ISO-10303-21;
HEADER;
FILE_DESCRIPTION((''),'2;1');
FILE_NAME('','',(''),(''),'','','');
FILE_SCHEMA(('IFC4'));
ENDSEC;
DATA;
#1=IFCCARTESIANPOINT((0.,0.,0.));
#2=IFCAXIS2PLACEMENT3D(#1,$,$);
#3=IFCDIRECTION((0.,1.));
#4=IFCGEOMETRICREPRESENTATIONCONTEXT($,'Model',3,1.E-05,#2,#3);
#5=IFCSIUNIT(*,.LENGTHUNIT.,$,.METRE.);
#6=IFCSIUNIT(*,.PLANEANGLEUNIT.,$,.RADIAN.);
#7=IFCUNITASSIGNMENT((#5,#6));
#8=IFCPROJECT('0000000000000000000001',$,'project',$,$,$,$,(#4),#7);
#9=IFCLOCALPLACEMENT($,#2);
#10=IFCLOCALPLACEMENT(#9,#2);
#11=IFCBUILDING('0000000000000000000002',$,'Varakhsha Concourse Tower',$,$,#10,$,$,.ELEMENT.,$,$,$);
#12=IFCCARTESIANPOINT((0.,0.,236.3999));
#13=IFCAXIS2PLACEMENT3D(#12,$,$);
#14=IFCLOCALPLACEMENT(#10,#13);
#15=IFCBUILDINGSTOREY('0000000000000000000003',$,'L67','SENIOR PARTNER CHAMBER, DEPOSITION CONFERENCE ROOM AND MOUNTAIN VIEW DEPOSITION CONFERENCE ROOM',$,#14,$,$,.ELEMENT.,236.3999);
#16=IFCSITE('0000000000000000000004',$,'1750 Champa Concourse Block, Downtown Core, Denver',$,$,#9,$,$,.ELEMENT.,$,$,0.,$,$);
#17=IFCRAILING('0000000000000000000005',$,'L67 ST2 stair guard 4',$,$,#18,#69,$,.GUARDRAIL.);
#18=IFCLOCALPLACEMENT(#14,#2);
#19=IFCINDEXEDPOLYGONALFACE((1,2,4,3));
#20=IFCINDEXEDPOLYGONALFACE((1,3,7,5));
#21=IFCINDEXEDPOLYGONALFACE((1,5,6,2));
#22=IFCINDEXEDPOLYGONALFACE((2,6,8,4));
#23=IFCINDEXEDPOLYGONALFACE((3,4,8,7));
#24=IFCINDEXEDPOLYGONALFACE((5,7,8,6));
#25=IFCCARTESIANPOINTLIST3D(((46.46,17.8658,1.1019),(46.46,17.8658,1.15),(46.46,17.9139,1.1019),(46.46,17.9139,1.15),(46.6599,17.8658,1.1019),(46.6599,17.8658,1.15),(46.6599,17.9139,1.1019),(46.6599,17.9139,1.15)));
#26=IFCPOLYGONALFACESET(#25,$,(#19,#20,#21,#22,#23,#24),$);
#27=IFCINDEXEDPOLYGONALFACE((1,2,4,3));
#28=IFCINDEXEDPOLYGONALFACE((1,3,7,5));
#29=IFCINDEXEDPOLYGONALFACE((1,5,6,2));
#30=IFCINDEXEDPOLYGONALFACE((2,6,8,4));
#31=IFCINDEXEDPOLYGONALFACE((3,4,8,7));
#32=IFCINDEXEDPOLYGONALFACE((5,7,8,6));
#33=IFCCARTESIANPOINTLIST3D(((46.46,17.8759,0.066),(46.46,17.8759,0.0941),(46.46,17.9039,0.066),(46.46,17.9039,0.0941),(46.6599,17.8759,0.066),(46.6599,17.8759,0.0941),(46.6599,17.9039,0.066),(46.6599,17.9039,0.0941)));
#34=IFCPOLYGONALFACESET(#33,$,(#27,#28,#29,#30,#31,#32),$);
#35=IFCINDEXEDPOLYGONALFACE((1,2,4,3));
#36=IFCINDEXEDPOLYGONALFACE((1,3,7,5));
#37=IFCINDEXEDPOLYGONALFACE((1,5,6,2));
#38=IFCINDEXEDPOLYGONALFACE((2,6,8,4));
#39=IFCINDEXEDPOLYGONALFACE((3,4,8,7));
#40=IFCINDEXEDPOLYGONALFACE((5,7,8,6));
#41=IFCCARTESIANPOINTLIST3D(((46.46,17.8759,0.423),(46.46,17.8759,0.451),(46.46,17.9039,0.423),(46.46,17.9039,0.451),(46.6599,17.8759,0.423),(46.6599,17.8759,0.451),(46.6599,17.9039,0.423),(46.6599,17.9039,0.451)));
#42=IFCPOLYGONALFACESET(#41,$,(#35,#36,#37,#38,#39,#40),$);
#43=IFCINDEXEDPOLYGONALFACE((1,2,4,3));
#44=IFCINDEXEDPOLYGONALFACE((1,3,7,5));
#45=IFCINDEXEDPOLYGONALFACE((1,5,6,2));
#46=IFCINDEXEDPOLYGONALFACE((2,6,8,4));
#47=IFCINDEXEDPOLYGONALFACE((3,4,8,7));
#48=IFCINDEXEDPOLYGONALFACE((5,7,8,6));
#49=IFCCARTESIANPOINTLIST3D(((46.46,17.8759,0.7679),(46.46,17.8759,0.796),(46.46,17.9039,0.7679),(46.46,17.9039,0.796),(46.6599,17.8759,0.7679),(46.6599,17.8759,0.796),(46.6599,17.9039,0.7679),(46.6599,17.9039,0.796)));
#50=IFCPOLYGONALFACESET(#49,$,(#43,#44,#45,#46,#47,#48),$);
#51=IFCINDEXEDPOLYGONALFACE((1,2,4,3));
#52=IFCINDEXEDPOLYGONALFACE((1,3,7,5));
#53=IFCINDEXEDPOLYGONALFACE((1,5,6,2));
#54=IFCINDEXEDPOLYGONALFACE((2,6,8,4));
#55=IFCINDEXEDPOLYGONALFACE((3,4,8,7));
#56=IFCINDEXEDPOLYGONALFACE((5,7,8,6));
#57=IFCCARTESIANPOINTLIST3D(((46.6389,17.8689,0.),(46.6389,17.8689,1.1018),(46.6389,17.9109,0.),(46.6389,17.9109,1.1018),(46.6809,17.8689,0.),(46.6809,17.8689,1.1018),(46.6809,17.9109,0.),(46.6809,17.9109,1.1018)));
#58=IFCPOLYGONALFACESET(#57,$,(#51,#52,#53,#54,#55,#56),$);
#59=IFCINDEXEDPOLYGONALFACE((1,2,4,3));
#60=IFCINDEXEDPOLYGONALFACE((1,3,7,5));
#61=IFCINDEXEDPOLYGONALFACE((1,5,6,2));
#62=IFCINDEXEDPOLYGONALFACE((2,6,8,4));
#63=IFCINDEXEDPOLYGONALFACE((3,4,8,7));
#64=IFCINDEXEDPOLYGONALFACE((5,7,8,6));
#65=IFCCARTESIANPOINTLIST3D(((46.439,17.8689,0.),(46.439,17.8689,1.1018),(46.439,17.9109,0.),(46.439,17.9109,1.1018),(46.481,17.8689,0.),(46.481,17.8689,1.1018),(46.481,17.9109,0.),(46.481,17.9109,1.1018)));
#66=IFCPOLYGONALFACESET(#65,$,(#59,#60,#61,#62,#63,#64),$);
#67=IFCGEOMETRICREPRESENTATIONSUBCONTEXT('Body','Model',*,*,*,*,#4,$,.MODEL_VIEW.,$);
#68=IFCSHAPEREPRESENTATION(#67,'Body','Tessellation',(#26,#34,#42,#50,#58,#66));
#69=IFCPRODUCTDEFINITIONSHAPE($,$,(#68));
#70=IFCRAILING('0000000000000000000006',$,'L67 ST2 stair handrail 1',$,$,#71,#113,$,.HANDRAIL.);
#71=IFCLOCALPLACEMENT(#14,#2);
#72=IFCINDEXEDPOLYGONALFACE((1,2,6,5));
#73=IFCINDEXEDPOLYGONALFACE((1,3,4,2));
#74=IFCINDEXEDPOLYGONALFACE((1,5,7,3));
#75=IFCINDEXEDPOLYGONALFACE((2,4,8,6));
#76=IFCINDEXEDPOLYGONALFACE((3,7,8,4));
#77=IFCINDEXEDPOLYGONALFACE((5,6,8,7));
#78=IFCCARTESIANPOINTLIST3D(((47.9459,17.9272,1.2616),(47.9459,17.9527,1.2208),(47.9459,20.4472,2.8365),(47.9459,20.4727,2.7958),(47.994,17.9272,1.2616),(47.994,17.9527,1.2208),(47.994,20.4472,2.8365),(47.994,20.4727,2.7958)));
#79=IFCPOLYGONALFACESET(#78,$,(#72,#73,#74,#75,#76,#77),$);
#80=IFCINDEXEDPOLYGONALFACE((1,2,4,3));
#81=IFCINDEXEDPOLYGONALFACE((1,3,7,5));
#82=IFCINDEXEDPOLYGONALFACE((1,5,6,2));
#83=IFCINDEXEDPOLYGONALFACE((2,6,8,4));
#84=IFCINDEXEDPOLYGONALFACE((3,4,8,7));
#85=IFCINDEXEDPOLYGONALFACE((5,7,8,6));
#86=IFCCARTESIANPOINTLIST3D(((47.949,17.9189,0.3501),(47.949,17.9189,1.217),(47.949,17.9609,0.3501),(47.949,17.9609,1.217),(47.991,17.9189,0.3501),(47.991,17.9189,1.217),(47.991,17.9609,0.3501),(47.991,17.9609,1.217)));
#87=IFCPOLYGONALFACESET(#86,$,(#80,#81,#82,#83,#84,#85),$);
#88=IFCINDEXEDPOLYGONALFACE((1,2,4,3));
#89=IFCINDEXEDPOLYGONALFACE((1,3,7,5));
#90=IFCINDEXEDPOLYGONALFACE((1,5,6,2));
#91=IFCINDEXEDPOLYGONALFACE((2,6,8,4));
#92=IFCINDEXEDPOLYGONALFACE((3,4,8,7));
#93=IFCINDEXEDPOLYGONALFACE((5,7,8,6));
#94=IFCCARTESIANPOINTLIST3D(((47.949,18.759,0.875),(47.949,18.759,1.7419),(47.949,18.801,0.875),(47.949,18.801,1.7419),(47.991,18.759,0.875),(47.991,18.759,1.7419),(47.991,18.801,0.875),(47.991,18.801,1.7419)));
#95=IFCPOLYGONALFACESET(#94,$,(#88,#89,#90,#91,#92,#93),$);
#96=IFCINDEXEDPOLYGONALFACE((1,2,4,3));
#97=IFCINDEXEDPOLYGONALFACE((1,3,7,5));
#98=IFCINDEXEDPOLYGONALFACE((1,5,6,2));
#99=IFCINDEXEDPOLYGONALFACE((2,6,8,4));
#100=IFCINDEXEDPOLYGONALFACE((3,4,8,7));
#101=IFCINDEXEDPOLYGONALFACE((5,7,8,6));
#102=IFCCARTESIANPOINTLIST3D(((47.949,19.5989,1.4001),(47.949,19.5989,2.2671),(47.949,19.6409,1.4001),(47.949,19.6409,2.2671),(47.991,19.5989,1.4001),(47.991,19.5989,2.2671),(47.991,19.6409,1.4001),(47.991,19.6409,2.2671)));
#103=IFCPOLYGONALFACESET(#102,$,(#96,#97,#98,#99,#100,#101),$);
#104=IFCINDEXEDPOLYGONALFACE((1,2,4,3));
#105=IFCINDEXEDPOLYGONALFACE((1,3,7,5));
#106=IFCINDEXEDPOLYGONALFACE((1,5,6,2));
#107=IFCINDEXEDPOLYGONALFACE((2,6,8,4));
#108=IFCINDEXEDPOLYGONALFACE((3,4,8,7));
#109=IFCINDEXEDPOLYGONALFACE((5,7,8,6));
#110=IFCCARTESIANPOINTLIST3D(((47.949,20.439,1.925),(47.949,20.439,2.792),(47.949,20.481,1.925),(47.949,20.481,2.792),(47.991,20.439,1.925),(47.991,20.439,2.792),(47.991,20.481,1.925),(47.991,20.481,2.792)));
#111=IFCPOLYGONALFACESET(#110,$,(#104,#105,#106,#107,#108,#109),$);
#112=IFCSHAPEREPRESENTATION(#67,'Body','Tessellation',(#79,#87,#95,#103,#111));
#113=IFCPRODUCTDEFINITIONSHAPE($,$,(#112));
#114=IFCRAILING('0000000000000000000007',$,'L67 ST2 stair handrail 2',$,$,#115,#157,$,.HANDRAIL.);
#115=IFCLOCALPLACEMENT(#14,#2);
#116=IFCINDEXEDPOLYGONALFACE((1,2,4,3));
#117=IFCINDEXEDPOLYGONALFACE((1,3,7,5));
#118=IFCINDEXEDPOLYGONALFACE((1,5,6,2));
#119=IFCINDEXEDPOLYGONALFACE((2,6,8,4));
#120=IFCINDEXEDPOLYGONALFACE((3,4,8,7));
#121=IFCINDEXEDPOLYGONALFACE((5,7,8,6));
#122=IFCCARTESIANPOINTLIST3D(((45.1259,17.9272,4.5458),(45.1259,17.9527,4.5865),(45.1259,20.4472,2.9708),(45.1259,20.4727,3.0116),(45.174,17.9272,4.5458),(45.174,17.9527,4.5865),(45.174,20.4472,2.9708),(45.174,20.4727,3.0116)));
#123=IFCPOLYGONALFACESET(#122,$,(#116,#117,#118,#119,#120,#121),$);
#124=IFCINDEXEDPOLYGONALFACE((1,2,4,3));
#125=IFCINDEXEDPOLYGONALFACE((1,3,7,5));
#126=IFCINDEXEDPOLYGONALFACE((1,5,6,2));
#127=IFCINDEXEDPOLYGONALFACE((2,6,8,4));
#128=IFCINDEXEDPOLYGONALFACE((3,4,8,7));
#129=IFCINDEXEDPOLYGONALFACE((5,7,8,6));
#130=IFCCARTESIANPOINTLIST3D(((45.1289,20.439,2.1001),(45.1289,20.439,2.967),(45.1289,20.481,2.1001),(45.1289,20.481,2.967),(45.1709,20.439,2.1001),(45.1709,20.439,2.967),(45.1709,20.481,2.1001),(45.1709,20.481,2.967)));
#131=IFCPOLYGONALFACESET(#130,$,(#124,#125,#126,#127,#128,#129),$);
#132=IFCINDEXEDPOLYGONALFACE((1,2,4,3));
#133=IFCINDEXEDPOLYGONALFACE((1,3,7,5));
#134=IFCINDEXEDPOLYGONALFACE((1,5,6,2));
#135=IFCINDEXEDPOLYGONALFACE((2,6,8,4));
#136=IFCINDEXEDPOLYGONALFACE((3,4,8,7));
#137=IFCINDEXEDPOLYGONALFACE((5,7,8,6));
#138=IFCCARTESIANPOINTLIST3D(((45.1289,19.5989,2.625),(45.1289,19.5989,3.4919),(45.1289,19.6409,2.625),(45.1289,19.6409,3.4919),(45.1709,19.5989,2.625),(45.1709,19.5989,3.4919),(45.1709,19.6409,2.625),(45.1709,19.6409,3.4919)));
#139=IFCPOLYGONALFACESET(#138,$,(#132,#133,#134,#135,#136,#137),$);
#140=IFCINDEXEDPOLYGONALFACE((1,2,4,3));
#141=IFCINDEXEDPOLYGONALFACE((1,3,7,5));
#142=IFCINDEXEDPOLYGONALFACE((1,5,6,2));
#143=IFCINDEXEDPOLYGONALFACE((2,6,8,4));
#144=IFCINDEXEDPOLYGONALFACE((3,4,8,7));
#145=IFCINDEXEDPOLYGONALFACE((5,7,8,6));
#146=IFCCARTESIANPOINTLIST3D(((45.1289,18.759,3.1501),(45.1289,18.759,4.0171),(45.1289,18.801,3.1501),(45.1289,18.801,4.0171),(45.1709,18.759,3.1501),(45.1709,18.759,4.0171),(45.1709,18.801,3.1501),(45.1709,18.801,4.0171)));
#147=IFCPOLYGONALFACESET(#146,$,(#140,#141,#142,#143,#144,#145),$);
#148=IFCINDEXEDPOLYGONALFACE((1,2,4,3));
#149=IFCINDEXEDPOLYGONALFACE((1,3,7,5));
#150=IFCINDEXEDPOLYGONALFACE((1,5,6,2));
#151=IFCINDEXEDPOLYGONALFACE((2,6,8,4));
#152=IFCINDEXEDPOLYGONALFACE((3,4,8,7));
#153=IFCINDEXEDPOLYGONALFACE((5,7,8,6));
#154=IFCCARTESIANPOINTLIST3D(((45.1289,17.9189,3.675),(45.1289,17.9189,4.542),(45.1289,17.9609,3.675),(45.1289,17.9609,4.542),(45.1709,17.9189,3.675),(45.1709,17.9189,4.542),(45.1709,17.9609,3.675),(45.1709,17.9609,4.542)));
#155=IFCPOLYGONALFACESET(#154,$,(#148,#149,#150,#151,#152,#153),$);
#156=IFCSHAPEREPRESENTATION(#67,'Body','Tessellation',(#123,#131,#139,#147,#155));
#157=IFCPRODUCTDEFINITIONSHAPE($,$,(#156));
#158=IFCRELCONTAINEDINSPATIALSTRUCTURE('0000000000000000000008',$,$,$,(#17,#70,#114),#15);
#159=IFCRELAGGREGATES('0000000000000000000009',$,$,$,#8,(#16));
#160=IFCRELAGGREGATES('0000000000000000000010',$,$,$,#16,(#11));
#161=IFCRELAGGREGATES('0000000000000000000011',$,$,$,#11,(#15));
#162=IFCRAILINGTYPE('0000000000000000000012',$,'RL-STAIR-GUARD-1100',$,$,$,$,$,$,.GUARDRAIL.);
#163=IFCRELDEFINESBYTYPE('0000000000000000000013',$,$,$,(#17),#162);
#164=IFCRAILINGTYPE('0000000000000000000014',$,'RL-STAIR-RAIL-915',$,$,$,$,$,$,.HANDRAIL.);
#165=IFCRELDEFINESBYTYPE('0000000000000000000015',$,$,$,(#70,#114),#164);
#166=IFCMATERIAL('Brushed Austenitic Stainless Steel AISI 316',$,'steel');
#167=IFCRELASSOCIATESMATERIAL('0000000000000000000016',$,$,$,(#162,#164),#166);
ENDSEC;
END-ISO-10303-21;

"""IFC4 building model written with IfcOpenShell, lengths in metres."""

from ifc_helpers import new_model, si_unit, direction, frame, origin, origin_2d, place, context, subcontext, project, spatial, rectangle, extrude, material, type_object, element, save


model = new_model("IFC4")

# Units and contexts
model_context = context("Model", 3, precision=1e-05, world=origin(), true_north=direction((0.0, 1.0)))
body_context = subcontext(model_context, "Body", "Model", "MODEL_VIEW")
ifc_project = project(units=[si_unit("LENGTHUNIT", "METRE"), si_unit("PLANEANGLEUNIT", "RADIAN")], contexts=[model_context])

# Site, building, storey
site_placement = place(None, origin())
site = spatial("IfcSite", under=ifc_project, at=site_placement, Name="1750 Champa Concourse Block, Downtown Core, Denver", CompositionType="ELEMENT", RefElevation=0.0)
building_placement = place(site_placement, origin())
building = spatial("IfcBuilding", under=site, at=building_placement, Name="Varakhsha Concourse Tower", CompositionType="ELEMENT")
storey_placement = place(building_placement, frame((0.0, 0.0, 236.3999)))
storey = spatial("IfcBuildingStorey", under=building, at=storey_placement, Name="L67", Description="SENIOR PARTNER CHAMBER, DEPOSITION CONFERENCE ROOM AND MOUNTAIN VIEW DEPOSITION CONFERENCE ROOM", CompositionType="ELEMENT", Elevation=236.3999)

# Railings
ifc_material_1 = material(Name="Brushed Austenitic Stainless Steel AISI 316", Category="steel")
railing_type_1 = type_object("IfcRailingType", Name="RL-STAIR-GUARD-1100", PredefinedType="GUARDRAIL", material=ifc_material_1)
railing_1_placement = place(storey_placement, frame((46.6599, 17.8899, 0.0)))
element("IfcRailing", 1, at=railing_1_placement, inside=storey, type_object=railing_type_1, Name="L67 ST2 stair guard 4", PredefinedType="GUARDRAIL", context=body_context, shape_type="SweptSolid", body=[
    extrude(rectangle(XDim=0.0481, YDim=0.0481, at=origin_2d()), frame((0.0, 0.0, 1.126), z_axis=(-1.0, 0.0, 0.0), x_axis=(0.0, -1.0, 0.0)), (0.0, 0.0, 1.0), 0.2),
    extrude(rectangle(XDim=0.0281, YDim=0.0281, at=origin_2d()), frame((0.0, 0.0, 0.0801), z_axis=(-1.0, 0.0, 0.0), x_axis=(0.0, -1.0, 0.0)), (0.0, 0.0, 1.0), 0.2),
    extrude(rectangle(XDim=0.0281, YDim=0.0281, at=origin_2d()), frame((0.0, 0.0, 0.437), z_axis=(-1.0, 0.0, 0.0), x_axis=(0.0, -1.0, 0.0)), (0.0, 0.0, 1.0), 0.2),
    extrude(rectangle(XDim=0.0281, YDim=0.0281, at=origin_2d()), frame((0.0, 0.0, 0.782), z_axis=(-1.0, 0.0, 0.0), x_axis=(0.0, -1.0, 0.0)), (0.0, 0.0, 1.0), 0.2),
    extrude(rectangle(XDim=0.042, YDim=0.042, at=origin_2d()), origin(), (0.0, 0.0, 1.0), 1.1018),
    extrude(rectangle(XDim=0.042, YDim=0.042, at=origin_2d()), frame((-0.2, 0.0, 0.0)), (0.0, 0.0, 1.0), 1.1018),
])
railing_type_2 = type_object("IfcRailingType", Name="RL-STAIR-RAIL-915", PredefinedType="HANDRAIL", material=ifc_material_1)
railing_2_placement = place(storey_placement, frame((47.97, 17.9399, 0.3501)))
element("IfcRailing", 2, at=railing_2_placement, inside=storey, type_object=railing_type_2, Name="L67 ST2 stair handrail 1", PredefinedType="HANDRAIL", context=body_context, shape_type="SweptSolid", body=[
    extrude(rectangle(XDim=0.0481, YDim=0.0481, at=origin_2d()), frame((0.0, 0.0, 0.8911), z_axis=(0.0, 0.848008, 0.529984), x_axis=(-1.0, 0.0, 0.0)), (0.0, 0.0, 1.0), 2.9717),
    extrude(rectangle(XDim=0.042, YDim=0.042, at=origin_2d()), origin(), (0.0, 0.0, 1.0), 0.8669),
    extrude(rectangle(XDim=0.042, YDim=0.042, at=origin_2d()), frame((0.0, 0.8401, 0.5249)), (0.0, 0.0, 1.0), 0.8669),
    extrude(rectangle(XDim=0.042, YDim=0.042, at=origin_2d()), frame((0.0, 1.6799, 1.05)), (0.0, 0.0, 1.0), 0.8669),
    extrude(rectangle(XDim=0.042, YDim=0.042, at=origin_2d()), frame((0.0, 2.52, 1.575)), (0.0, 0.0, 1.0), 0.8669),
])
railing_3_placement = place(storey_placement, frame((45.1499, 20.46, 2.1001)))
element("IfcRailing", 3, at=railing_3_placement, inside=storey, type_object=railing_type_2, Name="L67 ST2 stair handrail 2", PredefinedType="HANDRAIL", context=body_context, shape_type="SweptSolid", body=[
    extrude(rectangle(XDim=0.0481, YDim=0.0481, at=origin_2d()), frame((0.0, 0.0, 0.8911), z_axis=(0.0, -0.848008, 0.529984), x_axis=(1.0, 0.0, 0.0)), (0.0, 0.0, 1.0), 2.9717),
    extrude(rectangle(XDim=0.042, YDim=0.042, at=origin_2d()), origin(), (0.0, 0.0, 1.0), 0.8669),
    extrude(rectangle(XDim=0.042, YDim=0.042, at=origin_2d()), frame((0.0, -0.8401, 0.5249)), (0.0, 0.0, 1.0), 0.8669),
    extrude(rectangle(XDim=0.042, YDim=0.042, at=origin_2d()), frame((0.0, -1.6799, 1.05)), (0.0, 0.0, 1.0), 0.8669),
    extrude(rectangle(XDim=0.042, YDim=0.042, at=origin_2d()), frame((0.0, -2.52, 1.575)), (0.0, 0.0, 1.0), 0.8669),
])

save(model, "model.ifc")
